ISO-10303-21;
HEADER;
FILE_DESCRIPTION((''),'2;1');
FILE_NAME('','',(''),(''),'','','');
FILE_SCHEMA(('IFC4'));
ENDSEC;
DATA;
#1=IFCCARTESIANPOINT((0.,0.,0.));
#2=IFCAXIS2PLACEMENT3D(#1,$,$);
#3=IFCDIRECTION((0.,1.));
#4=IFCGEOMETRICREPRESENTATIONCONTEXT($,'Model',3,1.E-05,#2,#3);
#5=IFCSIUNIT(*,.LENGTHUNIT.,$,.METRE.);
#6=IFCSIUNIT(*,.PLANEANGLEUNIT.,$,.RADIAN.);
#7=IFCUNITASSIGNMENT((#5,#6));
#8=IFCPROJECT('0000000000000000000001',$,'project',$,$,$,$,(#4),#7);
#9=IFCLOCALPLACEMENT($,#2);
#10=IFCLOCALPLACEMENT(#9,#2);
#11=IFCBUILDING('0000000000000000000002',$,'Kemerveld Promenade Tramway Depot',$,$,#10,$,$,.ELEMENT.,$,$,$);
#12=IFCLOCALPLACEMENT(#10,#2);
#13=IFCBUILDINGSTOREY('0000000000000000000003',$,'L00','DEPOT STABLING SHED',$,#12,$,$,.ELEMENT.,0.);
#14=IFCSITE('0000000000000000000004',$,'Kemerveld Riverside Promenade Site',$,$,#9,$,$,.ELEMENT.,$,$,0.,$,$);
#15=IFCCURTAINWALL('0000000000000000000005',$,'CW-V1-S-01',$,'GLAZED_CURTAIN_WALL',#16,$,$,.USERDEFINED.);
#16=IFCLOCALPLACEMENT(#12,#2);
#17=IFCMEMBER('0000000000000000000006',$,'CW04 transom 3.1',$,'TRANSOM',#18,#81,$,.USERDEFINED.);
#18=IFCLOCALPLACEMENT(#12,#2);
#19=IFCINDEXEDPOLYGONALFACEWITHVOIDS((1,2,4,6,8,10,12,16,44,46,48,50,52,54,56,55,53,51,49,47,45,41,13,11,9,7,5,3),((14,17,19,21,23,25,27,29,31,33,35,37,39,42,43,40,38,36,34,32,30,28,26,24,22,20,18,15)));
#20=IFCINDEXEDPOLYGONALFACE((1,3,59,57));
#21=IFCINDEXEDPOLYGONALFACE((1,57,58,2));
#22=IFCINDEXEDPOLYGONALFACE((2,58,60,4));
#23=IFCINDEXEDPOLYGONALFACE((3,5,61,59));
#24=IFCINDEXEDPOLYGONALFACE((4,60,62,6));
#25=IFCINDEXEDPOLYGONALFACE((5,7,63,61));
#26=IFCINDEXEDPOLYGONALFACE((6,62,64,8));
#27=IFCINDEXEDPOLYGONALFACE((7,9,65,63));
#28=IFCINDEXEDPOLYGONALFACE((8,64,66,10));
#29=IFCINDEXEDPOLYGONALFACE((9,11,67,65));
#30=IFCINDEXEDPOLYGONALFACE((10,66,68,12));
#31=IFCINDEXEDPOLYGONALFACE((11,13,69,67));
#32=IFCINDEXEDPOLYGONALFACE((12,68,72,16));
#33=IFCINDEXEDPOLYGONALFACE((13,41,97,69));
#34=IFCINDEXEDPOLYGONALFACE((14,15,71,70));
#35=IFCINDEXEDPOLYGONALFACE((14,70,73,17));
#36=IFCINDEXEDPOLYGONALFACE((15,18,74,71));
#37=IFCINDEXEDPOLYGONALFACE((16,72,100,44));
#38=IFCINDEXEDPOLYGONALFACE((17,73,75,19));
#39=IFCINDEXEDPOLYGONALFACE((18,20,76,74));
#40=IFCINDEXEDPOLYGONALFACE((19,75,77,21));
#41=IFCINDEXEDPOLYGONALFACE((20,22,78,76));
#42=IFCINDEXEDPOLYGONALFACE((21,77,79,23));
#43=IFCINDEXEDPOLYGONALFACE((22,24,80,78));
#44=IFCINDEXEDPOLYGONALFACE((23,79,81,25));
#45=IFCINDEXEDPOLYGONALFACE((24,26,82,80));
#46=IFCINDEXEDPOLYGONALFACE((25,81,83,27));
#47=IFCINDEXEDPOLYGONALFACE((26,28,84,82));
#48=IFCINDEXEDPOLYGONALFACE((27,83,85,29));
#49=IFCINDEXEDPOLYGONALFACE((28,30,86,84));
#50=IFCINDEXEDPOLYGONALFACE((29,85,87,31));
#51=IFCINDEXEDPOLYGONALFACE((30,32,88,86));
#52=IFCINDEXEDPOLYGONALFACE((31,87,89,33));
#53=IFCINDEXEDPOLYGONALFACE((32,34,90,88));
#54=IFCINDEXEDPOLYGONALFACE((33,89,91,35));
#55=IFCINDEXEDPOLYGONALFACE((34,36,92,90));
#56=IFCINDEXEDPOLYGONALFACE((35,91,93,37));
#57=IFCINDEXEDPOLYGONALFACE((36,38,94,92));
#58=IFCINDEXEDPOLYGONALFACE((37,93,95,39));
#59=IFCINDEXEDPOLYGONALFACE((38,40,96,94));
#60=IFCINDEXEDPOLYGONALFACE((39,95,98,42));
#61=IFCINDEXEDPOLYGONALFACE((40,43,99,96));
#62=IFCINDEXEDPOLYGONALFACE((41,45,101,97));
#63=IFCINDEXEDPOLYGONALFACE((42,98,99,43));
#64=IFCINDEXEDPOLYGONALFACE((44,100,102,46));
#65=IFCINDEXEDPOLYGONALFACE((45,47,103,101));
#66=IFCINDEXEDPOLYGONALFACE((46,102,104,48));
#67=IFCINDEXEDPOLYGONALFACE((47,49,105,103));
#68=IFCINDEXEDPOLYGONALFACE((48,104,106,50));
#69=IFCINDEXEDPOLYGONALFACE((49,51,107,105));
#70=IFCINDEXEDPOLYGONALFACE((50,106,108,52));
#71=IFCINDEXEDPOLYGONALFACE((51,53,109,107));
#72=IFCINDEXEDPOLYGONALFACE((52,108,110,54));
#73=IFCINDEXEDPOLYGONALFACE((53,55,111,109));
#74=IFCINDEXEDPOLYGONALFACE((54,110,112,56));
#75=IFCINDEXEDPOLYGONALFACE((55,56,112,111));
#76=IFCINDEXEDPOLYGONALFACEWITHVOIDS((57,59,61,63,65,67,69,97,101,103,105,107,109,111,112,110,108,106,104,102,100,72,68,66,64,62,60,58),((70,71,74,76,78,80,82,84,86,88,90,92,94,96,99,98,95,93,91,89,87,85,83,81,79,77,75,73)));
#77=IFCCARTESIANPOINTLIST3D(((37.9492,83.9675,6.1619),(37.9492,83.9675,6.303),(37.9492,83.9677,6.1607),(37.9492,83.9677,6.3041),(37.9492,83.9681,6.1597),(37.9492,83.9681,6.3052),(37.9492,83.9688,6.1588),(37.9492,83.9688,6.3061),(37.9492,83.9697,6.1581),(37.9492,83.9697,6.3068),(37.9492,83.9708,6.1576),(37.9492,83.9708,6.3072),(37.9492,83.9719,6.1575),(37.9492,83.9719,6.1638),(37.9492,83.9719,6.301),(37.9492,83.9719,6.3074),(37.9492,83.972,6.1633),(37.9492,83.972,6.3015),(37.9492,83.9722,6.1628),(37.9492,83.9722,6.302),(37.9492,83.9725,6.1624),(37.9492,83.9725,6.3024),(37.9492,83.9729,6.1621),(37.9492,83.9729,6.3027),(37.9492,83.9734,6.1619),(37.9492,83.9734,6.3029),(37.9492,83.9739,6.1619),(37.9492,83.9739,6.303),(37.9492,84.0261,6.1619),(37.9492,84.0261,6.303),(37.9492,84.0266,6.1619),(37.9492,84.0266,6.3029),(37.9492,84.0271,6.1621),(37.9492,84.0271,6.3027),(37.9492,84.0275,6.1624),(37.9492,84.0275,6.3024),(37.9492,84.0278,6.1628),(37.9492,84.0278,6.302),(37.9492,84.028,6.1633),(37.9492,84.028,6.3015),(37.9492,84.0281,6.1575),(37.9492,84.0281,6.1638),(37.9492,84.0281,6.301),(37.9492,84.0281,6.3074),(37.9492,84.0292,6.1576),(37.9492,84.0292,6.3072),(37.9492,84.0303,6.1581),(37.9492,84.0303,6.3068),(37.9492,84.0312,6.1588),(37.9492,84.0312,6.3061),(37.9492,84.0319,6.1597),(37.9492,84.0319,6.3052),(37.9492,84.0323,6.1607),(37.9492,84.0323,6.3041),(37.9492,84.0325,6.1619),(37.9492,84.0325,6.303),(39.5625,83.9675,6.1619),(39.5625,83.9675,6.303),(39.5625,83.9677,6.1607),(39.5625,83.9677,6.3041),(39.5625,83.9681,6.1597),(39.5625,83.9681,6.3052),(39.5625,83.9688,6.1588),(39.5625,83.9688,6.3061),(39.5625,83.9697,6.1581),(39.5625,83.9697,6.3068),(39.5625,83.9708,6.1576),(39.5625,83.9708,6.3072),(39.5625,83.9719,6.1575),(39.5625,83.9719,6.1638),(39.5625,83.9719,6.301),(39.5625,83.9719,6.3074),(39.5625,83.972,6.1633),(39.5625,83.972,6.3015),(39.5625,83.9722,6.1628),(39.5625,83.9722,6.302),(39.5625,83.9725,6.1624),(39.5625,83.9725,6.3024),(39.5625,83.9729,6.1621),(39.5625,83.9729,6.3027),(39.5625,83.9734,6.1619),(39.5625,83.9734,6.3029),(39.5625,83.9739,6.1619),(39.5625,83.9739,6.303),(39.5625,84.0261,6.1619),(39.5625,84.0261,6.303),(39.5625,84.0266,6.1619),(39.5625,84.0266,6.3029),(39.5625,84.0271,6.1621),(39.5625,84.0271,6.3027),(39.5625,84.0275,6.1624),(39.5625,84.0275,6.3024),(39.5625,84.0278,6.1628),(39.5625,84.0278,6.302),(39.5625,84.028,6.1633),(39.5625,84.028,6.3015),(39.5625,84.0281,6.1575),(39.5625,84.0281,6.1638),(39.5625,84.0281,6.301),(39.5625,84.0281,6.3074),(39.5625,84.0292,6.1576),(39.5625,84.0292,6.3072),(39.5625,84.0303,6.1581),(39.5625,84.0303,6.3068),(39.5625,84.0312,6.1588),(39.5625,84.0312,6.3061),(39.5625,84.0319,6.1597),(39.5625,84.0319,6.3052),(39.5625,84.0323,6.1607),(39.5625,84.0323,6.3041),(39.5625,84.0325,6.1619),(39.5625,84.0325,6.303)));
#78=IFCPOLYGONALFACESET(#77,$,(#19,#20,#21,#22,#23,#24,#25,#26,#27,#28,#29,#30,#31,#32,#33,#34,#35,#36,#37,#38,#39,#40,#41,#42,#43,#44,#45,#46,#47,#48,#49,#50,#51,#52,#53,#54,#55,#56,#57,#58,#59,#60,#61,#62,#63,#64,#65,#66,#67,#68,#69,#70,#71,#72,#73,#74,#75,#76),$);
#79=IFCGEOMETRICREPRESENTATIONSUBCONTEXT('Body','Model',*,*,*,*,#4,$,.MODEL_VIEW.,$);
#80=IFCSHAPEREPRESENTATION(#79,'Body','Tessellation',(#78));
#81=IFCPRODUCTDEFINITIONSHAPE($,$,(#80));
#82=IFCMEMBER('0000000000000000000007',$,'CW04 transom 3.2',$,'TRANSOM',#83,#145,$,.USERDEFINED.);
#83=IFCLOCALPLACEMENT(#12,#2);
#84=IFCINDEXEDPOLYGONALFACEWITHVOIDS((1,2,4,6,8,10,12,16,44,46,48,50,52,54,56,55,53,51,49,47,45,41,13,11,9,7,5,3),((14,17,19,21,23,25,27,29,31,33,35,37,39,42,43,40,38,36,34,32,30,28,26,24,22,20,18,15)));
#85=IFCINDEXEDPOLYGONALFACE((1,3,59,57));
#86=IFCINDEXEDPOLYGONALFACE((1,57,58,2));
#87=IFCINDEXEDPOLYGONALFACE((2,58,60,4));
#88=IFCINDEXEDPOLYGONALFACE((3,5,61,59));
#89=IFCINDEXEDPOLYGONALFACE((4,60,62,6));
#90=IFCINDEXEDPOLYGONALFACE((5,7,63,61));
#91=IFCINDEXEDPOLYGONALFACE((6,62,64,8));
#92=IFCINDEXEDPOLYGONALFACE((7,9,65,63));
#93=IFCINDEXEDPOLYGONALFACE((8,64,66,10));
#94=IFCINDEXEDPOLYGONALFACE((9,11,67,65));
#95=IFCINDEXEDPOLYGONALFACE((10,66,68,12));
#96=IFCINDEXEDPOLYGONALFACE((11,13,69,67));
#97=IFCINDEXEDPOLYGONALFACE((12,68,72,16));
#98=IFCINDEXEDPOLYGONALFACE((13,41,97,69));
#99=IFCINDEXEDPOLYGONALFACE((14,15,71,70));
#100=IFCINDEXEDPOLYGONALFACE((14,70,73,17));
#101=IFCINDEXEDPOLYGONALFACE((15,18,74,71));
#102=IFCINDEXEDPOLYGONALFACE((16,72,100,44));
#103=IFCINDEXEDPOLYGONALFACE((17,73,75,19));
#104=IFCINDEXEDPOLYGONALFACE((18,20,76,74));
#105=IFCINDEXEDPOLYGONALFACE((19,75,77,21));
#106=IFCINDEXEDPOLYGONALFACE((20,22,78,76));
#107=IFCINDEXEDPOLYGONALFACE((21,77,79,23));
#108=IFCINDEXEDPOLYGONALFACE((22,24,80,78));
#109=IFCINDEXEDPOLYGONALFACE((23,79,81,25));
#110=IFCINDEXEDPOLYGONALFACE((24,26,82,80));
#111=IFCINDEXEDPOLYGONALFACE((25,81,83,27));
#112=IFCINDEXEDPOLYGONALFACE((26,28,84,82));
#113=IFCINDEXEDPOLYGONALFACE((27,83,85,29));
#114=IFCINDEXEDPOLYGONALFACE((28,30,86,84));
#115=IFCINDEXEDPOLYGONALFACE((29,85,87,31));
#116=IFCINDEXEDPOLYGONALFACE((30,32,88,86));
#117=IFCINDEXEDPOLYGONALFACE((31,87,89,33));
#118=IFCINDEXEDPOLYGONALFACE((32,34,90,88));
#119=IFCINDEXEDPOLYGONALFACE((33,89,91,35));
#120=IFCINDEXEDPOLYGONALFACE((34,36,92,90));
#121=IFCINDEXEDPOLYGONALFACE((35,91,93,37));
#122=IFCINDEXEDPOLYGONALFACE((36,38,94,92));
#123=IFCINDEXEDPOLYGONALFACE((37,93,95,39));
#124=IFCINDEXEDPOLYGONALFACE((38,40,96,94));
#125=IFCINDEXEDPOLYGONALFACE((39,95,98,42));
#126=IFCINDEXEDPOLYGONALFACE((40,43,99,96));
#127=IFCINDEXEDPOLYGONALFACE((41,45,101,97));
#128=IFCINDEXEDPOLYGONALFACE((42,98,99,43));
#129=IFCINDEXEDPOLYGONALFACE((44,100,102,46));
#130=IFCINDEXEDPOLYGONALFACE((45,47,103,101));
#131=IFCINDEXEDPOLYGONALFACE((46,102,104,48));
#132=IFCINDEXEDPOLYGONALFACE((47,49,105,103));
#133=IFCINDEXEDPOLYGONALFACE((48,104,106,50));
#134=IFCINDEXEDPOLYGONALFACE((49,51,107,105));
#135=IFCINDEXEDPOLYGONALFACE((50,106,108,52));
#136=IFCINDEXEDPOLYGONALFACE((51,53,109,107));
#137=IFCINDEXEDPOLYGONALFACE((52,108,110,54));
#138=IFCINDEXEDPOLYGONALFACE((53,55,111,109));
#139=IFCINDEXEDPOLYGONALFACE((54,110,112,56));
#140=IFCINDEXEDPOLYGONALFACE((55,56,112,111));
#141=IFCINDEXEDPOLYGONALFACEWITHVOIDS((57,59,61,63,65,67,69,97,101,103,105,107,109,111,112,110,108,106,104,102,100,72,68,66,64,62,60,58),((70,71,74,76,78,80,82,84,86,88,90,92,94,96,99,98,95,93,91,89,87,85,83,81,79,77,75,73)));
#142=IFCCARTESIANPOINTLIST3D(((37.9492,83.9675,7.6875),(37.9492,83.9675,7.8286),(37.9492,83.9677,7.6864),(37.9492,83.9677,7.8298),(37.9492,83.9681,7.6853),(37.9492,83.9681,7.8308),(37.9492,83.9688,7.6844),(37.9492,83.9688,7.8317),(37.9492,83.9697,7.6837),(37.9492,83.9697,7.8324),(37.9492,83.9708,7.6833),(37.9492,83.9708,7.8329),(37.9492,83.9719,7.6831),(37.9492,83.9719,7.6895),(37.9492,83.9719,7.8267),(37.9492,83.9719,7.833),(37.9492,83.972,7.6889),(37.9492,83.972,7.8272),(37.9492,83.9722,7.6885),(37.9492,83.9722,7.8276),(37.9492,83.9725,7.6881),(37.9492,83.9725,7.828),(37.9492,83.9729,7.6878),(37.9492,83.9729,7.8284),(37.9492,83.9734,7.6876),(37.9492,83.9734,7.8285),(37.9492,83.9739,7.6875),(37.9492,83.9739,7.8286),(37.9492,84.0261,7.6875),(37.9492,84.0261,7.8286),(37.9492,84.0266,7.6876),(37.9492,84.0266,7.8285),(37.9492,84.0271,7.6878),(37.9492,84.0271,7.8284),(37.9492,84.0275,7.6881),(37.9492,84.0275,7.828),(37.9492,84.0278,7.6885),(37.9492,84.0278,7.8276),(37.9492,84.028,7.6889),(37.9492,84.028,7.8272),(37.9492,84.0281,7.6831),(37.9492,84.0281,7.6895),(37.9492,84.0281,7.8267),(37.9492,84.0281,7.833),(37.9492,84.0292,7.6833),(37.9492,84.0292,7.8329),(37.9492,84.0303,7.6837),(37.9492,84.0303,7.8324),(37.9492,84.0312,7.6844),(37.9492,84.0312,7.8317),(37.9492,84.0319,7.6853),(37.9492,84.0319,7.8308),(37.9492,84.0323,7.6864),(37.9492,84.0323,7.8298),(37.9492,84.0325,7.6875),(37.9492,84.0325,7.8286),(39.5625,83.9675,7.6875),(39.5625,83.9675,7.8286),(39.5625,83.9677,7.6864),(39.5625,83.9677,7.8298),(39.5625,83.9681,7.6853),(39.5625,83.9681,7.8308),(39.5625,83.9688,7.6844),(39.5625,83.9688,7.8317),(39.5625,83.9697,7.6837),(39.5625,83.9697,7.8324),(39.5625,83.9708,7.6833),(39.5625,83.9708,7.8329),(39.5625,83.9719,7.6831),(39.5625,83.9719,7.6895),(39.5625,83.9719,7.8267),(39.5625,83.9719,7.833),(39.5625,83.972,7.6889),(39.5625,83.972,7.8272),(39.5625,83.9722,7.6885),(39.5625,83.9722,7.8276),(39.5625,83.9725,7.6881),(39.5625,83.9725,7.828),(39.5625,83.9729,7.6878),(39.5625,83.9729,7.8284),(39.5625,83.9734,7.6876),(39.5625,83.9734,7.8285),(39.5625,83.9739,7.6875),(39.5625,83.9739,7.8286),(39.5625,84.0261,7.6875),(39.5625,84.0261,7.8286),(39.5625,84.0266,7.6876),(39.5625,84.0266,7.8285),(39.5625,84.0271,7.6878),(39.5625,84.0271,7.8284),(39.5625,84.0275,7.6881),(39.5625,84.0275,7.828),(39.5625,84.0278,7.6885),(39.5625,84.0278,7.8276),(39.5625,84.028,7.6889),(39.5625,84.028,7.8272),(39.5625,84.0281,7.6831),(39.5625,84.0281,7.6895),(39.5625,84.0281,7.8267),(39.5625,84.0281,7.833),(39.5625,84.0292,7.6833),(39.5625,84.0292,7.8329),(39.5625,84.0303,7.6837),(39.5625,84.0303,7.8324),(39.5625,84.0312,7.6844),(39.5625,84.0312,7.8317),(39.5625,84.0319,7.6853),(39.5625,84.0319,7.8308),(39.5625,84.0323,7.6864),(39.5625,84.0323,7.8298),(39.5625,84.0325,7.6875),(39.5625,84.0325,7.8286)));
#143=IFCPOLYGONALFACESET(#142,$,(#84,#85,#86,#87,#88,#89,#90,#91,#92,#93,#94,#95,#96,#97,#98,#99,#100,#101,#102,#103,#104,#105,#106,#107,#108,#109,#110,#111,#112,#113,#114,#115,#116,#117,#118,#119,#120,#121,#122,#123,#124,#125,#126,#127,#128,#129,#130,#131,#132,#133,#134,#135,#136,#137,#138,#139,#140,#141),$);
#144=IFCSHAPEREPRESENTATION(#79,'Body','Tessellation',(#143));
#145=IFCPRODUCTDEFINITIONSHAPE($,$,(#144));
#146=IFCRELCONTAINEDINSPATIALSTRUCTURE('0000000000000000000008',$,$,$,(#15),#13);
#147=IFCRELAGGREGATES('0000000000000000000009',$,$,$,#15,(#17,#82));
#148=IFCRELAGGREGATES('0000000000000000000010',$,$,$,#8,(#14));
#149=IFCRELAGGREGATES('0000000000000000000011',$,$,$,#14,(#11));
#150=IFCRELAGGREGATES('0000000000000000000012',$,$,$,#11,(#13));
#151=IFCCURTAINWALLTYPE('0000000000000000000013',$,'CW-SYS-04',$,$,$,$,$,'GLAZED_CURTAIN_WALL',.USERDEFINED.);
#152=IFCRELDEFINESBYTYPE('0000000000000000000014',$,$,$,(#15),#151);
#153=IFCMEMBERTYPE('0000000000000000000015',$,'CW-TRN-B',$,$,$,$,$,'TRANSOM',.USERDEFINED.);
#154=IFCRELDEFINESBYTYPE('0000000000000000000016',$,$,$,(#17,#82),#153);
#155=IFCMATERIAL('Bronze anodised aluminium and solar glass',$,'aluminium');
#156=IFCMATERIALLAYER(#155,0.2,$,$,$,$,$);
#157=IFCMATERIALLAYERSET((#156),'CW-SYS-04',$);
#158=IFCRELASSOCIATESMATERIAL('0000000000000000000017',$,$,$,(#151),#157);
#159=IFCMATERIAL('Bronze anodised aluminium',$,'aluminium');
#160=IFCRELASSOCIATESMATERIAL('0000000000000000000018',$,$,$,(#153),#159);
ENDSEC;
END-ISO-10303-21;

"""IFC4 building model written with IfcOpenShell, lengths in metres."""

from ifc_helpers import new_model, si_unit, direction, frame, origin, origin_2d, place, context, subcontext, project, spatial, hollow_rectangle, extrude, material, layer, layer_set, material_profile, profile_set, type_object, element, aggregate, save


model = new_model("IFC4")

# Units and contexts
model_context = context("Model", 3, precision=1e-05, world=origin(), true_north=direction((0.0, 1.0)))
body_context = subcontext(model_context, "Body", "Model", "MODEL_VIEW")
ifc_project = project(units=[si_unit("LENGTHUNIT", "METRE"), si_unit("PLANEANGLEUNIT", "RADIAN")], contexts=[model_context])

# Site, building, storey
site_placement = place(None, origin())
site = spatial("IfcSite", under=ifc_project, at=site_placement, Name="Kemerveld Riverside Promenade Site", CompositionType="ELEMENT", RefElevation=0.0)
building_placement = place(site_placement, origin())
building = spatial("IfcBuilding", under=site, at=building_placement, Name="Kemerveld Promenade Tramway Depot", CompositionType="ELEMENT")
storey_placement = place(building_placement, origin())
storey = spatial("IfcBuildingStorey", under=building, at=storey_placement, Name="L00", Description="DEPOT STABLING SHED", CompositionType="ELEMENT", Elevation=0.0)

# Shared definitions
ifc_material_1 = material(Name="Bronze anodised aluminium and solar glass", Category="aluminium")
ifc_material_2 = material(Name="Bronze anodised aluminium", Category="aluminium")

# Curtain wall
ifc_layer_1 = layer(ifc_material_1, 0.2)
ifc_layer_set_1 = layer_set([ifc_layer_1], Name="CW-SYS-04")
curtain_wall_type_1 = type_object("IfcCurtainWallType", Name="CW-SYS-04", ElementType="GLAZED_CURTAIN_WALL", PredefinedType="USERDEFINED", material=ifc_layer_set_1)
curtain_wall_1_placement = place(storey_placement, origin())
curtain_wall_1 = element("IfcCurtainWall", 1, at=curtain_wall_1_placement, inside=storey, type_object=curtain_wall_type_1, Name="CW-V1-S-01", ObjectType="GLAZED_CURTAIN_WALL", PredefinedType="USERDEFINED")

# Members
ifc_material_profile_1 = material_profile(ifc_material_2, hollow_rectangle(XDim=0.0649, YDim=0.1499, WallThickness=0.0044, InnerFilletRadius=0.002, OuterFilletRadius=0.0044, at=origin_2d()), Name="CW-TRN-150x65")
ifc_profile_set_1 = profile_set([ifc_material_profile_1], Name="Bronze anodised aluminium")
member_type_1 = type_object("IfcMemberType", Name="CW-TRN-B", ElementType="TRANSOM", PredefinedType="USERDEFINED", material=ifc_profile_set_1)
member_1_placement = place(storey_placement, frame((39.5625, 84.0, 6.2324), z_axis=(-1.0, 0.0, 0.0), x_axis=(0.0, -1.0, 0.0)))
member_1 = element("IfcMember", 2, at=member_1_placement, type_object=member_type_1, Name="CW04 transom 3.1", ObjectType="TRANSOM", PredefinedType="USERDEFINED", context=body_context, shape_type="SweptSolid", body=[
    extrude(hollow_rectangle(XDim=0.0649, YDim=0.1499, WallThickness=0.0044, InnerFilletRadius=0.002, OuterFilletRadius=0.0044, at=origin_2d()), origin(), (0.0, 0.0, 1.0), 1.6133),
])
member_2_placement = place(storey_placement, frame((39.5625, 84.0, 7.7581), z_axis=(-1.0, 0.0, 0.0), x_axis=(0.0, -1.0, 0.0)))
member_2 = element("IfcMember", 3, at=member_2_placement, type_object=member_type_1, Name="CW04 transom 3.2", ObjectType="TRANSOM", PredefinedType="USERDEFINED", context=body_context, shape_type="SweptSolid", body=[
    extrude(hollow_rectangle(XDim=0.0649, YDim=0.1499, WallThickness=0.0044, InnerFilletRadius=0.002, OuterFilletRadius=0.0044, at=origin_2d()), origin(), (0.0, 0.0, 1.0), 1.6133),
])

aggregate(curtain_wall_1, [member_1, member_2])

save(model, "model.ifc")
